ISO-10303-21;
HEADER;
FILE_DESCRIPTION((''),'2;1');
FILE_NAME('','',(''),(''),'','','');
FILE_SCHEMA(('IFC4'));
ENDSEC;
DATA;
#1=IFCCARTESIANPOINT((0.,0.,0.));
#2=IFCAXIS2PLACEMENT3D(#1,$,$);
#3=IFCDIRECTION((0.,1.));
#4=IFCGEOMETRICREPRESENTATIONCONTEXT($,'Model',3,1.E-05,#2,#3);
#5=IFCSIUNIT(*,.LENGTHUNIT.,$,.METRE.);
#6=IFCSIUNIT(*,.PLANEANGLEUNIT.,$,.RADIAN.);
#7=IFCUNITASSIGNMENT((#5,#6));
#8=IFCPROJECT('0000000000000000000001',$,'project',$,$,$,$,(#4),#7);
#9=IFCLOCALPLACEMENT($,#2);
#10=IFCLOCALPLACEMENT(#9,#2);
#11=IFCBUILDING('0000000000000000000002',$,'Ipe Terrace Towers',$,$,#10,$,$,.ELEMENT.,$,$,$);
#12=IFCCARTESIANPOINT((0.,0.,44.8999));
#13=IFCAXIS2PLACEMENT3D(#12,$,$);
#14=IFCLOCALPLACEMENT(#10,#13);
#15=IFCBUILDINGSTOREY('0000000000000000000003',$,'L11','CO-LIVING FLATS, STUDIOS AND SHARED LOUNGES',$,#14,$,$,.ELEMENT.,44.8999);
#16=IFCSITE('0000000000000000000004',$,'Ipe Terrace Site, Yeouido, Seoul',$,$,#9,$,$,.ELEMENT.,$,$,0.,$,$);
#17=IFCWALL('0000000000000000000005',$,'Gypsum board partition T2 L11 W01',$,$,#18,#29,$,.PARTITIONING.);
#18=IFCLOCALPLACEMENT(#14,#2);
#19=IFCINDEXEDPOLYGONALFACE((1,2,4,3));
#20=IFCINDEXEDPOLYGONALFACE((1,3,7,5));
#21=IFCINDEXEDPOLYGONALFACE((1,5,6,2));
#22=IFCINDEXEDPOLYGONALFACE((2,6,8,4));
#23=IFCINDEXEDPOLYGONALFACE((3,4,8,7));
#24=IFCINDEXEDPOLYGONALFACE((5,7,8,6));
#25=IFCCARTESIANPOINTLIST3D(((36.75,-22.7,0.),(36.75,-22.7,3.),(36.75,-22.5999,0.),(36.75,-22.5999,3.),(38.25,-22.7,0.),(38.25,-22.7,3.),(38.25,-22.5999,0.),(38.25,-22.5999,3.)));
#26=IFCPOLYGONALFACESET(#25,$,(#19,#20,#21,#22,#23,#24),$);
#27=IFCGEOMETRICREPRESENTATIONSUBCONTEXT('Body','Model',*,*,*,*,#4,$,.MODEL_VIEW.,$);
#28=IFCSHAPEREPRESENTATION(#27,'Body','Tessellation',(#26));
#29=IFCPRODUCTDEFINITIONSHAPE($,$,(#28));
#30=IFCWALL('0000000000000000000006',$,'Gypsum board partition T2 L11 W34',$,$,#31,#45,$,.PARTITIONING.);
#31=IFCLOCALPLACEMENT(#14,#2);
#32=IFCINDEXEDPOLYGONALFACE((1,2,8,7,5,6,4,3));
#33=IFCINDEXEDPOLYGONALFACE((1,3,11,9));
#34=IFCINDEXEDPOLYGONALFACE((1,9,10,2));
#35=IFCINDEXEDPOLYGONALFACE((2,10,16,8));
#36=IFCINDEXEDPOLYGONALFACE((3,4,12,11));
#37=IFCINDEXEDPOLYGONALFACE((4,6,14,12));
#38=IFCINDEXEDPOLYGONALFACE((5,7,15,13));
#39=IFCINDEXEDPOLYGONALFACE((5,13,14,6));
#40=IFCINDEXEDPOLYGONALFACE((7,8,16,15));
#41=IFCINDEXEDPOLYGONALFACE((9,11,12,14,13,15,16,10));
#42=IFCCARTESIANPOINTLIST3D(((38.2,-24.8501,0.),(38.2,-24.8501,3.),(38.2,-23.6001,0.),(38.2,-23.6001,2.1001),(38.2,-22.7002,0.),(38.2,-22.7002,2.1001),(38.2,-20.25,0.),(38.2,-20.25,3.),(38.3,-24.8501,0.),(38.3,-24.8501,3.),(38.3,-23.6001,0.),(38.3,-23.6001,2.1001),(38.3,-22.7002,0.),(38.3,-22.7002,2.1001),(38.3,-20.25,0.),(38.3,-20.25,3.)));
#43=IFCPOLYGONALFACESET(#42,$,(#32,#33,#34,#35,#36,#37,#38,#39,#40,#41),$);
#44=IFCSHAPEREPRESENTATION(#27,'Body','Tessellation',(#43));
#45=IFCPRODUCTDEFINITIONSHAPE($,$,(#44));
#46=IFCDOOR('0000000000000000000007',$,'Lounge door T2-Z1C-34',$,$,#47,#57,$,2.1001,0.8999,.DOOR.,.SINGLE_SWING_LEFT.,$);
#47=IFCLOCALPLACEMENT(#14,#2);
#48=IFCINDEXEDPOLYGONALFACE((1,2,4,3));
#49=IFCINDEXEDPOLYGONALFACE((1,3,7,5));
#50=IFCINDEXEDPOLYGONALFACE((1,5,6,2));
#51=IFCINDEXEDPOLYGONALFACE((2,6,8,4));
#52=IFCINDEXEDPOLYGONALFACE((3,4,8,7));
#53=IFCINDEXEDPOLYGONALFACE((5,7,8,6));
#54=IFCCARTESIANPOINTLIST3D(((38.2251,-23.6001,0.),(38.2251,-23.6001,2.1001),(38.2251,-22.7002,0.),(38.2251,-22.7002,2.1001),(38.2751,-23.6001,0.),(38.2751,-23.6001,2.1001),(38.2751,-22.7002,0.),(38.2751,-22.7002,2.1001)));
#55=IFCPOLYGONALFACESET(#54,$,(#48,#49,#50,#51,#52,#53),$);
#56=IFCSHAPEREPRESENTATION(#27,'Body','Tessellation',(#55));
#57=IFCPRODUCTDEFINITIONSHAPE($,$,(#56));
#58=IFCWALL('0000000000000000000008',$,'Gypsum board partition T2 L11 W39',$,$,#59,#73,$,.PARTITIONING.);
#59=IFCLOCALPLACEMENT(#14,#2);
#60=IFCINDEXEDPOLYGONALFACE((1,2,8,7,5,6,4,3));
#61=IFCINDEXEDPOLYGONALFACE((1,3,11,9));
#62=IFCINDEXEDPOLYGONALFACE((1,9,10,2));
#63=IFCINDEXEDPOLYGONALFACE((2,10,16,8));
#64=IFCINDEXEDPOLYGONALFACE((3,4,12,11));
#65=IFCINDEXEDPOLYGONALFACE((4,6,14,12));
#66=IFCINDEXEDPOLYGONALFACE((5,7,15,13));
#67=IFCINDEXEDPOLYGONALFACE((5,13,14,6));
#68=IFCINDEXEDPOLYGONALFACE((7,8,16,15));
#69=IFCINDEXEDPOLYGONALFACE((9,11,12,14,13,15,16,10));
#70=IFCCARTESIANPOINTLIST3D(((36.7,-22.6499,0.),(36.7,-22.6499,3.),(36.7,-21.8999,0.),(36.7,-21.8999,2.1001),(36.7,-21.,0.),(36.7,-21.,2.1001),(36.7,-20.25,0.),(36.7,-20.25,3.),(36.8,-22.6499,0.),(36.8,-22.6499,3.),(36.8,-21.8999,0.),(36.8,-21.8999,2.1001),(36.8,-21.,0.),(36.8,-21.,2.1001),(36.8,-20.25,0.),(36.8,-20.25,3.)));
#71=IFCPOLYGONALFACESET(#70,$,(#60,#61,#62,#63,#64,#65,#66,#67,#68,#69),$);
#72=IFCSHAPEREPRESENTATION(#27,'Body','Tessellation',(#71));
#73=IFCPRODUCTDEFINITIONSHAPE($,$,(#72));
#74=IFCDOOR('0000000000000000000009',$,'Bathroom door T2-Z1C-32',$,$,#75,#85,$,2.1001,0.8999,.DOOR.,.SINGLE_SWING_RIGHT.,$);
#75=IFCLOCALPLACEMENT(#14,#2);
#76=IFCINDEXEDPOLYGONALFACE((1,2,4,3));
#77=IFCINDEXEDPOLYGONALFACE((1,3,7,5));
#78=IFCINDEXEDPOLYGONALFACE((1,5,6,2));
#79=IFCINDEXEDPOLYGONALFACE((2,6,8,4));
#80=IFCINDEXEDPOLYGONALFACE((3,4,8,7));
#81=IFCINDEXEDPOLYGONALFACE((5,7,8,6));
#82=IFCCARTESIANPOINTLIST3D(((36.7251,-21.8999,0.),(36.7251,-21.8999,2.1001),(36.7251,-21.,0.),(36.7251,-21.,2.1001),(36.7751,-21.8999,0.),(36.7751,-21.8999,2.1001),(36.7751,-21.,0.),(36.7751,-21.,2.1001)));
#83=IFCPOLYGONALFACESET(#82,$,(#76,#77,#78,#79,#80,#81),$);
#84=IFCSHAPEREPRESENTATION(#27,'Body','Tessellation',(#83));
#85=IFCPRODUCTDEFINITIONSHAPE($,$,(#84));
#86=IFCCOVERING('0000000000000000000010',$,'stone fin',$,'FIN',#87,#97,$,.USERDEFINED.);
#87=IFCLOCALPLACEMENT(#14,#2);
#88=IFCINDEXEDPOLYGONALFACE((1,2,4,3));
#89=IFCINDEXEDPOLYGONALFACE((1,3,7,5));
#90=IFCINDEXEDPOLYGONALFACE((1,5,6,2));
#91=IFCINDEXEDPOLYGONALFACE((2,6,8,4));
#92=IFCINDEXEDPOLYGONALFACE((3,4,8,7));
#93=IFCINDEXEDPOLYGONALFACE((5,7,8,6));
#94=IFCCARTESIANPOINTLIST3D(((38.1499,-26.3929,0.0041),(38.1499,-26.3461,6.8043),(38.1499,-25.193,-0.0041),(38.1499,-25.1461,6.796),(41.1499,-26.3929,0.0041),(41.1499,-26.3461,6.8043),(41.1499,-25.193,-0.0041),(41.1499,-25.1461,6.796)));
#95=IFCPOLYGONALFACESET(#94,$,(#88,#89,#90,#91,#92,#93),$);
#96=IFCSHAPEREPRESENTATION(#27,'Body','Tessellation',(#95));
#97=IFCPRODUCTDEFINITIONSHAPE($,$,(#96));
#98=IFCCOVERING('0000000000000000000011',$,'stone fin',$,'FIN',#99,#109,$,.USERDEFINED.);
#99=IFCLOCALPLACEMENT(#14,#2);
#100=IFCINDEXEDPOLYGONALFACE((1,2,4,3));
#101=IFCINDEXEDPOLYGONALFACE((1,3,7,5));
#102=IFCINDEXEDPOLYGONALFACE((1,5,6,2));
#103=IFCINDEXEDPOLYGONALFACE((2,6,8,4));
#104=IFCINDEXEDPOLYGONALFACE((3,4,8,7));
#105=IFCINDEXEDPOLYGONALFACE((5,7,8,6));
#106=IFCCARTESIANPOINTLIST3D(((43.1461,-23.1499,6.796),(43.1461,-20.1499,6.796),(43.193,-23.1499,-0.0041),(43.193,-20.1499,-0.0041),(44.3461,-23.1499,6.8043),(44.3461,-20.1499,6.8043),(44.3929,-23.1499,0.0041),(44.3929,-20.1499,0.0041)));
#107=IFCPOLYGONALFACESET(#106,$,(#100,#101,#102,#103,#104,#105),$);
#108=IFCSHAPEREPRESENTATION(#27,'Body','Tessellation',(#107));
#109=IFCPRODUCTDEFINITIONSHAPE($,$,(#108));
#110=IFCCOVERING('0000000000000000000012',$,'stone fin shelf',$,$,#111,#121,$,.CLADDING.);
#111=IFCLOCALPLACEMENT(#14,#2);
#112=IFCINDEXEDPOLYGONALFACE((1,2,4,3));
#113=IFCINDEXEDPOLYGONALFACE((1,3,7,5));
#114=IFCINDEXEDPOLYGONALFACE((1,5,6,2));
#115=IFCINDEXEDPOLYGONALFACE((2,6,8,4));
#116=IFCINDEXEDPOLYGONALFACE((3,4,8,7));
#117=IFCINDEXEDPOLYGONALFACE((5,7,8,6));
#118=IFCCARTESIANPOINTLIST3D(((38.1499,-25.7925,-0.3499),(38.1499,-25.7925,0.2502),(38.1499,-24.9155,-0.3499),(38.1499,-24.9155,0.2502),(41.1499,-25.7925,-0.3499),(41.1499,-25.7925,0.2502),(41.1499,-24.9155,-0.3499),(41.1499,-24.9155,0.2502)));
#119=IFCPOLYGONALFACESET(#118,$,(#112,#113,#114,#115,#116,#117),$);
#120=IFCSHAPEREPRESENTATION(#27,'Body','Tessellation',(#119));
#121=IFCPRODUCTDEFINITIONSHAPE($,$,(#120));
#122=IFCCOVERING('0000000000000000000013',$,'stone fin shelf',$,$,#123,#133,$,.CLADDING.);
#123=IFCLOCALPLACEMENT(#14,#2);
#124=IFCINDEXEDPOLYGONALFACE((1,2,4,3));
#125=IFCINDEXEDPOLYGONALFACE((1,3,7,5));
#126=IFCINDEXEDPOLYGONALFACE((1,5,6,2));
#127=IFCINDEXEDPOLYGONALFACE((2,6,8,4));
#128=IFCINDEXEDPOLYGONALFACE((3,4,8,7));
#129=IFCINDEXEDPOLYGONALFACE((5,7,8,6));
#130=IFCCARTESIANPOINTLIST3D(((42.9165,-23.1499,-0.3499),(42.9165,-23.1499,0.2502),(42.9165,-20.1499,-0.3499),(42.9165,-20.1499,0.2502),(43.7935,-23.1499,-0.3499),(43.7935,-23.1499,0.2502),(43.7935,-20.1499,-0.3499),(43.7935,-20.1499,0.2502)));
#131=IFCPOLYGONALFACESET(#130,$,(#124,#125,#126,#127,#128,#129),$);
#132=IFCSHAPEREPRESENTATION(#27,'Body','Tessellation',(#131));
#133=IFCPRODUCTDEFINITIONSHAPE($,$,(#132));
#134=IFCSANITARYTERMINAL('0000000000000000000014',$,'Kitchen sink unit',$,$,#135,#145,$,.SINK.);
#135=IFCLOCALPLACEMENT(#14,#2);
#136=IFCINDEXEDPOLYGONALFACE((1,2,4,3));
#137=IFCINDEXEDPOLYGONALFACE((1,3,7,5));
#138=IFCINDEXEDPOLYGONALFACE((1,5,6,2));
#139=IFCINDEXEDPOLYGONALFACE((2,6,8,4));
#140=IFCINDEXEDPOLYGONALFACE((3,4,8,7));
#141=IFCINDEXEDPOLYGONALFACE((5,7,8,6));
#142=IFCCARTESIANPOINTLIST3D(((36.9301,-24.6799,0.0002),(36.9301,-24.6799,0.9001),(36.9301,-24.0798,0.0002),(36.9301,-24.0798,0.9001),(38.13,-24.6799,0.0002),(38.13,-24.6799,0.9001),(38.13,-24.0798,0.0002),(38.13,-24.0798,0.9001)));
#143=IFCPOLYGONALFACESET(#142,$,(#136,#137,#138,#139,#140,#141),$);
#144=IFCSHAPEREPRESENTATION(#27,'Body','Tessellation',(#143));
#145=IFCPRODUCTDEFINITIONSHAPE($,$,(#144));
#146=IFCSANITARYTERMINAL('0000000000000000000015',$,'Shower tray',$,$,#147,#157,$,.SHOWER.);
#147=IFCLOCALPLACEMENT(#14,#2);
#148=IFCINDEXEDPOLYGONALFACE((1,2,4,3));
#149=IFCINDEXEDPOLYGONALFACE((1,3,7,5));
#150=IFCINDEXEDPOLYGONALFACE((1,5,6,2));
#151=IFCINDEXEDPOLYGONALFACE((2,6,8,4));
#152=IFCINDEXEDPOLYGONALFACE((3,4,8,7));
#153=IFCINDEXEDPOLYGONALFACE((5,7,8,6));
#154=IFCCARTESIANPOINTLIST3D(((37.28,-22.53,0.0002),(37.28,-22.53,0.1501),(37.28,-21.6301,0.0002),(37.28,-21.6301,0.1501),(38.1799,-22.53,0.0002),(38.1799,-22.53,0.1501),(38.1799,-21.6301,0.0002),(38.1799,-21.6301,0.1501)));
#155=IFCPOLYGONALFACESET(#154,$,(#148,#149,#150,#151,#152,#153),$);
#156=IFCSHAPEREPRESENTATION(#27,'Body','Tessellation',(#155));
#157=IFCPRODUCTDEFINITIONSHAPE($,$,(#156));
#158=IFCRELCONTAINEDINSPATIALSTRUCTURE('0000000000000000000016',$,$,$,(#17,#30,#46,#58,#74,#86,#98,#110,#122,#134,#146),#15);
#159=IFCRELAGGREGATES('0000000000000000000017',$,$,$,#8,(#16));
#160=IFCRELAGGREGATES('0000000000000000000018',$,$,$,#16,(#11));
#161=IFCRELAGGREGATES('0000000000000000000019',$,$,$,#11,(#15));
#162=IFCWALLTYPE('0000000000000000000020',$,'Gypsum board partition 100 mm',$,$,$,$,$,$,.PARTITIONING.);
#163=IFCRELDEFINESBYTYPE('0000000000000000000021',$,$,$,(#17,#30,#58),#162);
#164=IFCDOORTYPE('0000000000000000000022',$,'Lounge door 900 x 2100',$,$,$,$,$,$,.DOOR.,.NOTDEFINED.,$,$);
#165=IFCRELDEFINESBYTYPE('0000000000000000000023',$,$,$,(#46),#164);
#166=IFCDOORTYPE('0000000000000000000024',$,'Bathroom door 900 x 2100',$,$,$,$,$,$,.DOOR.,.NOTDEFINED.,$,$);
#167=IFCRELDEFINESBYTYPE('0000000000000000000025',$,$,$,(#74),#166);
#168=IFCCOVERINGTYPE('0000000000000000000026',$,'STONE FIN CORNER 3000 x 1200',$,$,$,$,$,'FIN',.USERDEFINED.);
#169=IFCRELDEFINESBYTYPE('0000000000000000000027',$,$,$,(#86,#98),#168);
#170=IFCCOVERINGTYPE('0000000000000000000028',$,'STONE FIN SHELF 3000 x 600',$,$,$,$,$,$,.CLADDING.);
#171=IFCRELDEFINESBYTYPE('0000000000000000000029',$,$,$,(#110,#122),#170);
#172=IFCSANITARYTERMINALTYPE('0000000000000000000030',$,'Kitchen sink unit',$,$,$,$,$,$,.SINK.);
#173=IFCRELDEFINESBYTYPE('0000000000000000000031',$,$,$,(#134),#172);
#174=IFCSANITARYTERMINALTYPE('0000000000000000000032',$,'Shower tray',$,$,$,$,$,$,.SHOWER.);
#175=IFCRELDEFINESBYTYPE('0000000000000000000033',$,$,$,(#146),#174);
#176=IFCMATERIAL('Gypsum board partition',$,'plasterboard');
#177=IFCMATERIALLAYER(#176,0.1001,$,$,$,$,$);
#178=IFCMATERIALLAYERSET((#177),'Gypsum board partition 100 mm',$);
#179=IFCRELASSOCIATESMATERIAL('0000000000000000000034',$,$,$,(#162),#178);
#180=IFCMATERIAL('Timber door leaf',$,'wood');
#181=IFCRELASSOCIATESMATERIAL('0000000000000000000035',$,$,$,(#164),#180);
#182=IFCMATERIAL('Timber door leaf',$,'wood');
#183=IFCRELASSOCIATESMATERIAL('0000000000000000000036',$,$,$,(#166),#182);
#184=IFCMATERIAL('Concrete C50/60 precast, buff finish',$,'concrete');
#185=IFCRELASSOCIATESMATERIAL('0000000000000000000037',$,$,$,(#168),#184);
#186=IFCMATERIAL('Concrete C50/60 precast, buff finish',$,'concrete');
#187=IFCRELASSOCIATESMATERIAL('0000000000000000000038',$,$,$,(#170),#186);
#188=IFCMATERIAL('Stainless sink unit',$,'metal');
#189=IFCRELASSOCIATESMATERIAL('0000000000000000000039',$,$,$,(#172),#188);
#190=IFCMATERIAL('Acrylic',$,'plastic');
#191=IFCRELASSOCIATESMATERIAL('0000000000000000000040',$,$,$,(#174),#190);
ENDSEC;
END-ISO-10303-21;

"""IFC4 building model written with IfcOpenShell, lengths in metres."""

from ifc_helpers import new_model, si_unit, direction, frame, frame_2d, origin, origin_2d, place, context, subcontext, project, spatial, rectangle, extrude, material, layer, layer_set, material_profile, profile_set, type_object, element, fill, save


model = new_model("IFC4")

# Units and contexts
model_context = context("Model", 3, precision=1e-05, world=origin(), true_north=direction((0.0, 1.0)))
body_context = subcontext(model_context, "Body", "Model", "MODEL_VIEW")
ifc_project = project(units=[si_unit("LENGTHUNIT", "METRE"), si_unit("PLANEANGLEUNIT", "RADIAN")], contexts=[model_context])

# Site, building, storey
site_placement = place(None, origin())
site = spatial("IfcSite", under=ifc_project, at=site_placement, Name="Ipe Terrace Site, Yeouido, Seoul", CompositionType="ELEMENT", RefElevation=0.0)
building_placement = place(site_placement, origin())
building = spatial("IfcBuilding", under=site, at=building_placement, Name="Ipe Terrace Towers", CompositionType="ELEMENT")
storey_placement = place(building_placement, frame((0.0, 0.0, 44.8999)))
storey = spatial("IfcBuildingStorey", under=building, at=storey_placement, Name="L11", Description="CO-LIVING FLATS, STUDIOS AND SHARED LOUNGES", CompositionType="ELEMENT", Elevation=44.8999)

# Wall
ifc_material_1 = material(Name="Gypsum board partition", Category="plasterboard")
ifc_layer_1 = layer(ifc_material_1, 0.1001)
ifc_layer_set_1 = layer_set([ifc_layer_1], Name="Gypsum board partition 100 mm")
wall_type_1 = type_object("IfcWallType", Name="Gypsum board partition 100 mm", PredefinedType="PARTITIONING", material=ifc_layer_set_1)
wall_1_placement = place(storey_placement, frame((38.25, -22.6499, 0.0), z_axis=(0.0, 0.0, 1.0), x_axis=(-1.0, 0.0, 0.0)))
element("IfcWall", 1, at=wall_1_placement, inside=storey, type_object=wall_type_1, Name="Gypsum board partition T2 L11 W01", PredefinedType="PARTITIONING", context=body_context, shape_type="SweptSolid", body=[
    extrude(rectangle(XDim=1.5, YDim=0.1001, at=frame_2d((0.75, 0.0))), origin(), (0.0, 0.0, 1.0), 3.0),
])

# Walls, openings, doors
wall_2_placement = place(storey_placement, frame((38.25, -24.8501, 0.0), z_axis=(0.0, 0.0, 1.0), x_axis=(0.0, 1.0, 0.0)))
wall_2 = element("IfcWall", 2, at=wall_2_placement, inside=storey, type_object=wall_type_1, Name="Gypsum board partition T2 L11 W34", PredefinedType="PARTITIONING", context=body_context, shape_type="SweptSolid", body=[
    extrude(rectangle(XDim=4.6001, YDim=0.1001, at=frame_2d((2.3, 0.0))), origin(), (0.0, 0.0, 1.0), 3.0),
])
opening_1_placement = place(wall_2_placement, frame((1.25, 0.0, 0.0)))
opening_1 = element("IfcOpeningElement", 3, at=opening_1_placement, cuts=wall_2, PredefinedType="OPENING", context=body_context, shape_type="SweptSolid", body=[
    extrude(rectangle(XDim=0.8999, YDim=2.1001, at=frame_2d((0.45, 1.05))), frame((0.0, 0.0601, 0.0), z_axis=(0.0, -1.0, 0.0), x_axis=(1.0, 0.0, 0.0)), (0.0, 0.0, 1.0), 0.1201),
])
ifc_material_2 = material(Name="Timber door leaf", Category="wood")
door_type_1 = type_object("IfcDoorType", Name="Lounge door 900 x 2100", OperationType="NOTDEFINED", PredefinedType="DOOR", material=ifc_material_2)
door_1_placement = place(opening_1_placement, origin())
door_1 = element("IfcDoor", 4, at=door_1_placement, inside=storey, type_object=door_type_1, Name="Lounge door T2-Z1C-34", OperationType="SINGLE_SWING_LEFT", OverallHeight=2.1001, OverallWidth=0.8999, PredefinedType="DOOR", context=body_context, shape_type="SweptSolid", body=[
    extrude(rectangle(XDim=0.8999, YDim=2.1001, at=frame_2d((0.45, 1.05))), frame((0.0, 0.0249, 0.0), z_axis=(0.0, -1.0, 0.0), x_axis=(1.0, 0.0, 0.0)), (0.0, 0.0, 1.0), 0.05),
])
fill(opening_1, door_1)
wall_3_placement = place(storey_placement, frame((36.75, -22.6499, 0.0), z_axis=(0.0, 0.0, 1.0), x_axis=(0.0, 1.0, 0.0)))
wall_3 = element("IfcWall", 5, at=wall_3_placement, inside=storey, type_object=wall_type_1, Name="Gypsum board partition T2 L11 W39", PredefinedType="PARTITIONING", context=body_context, shape_type="SweptSolid", body=[
    extrude(rectangle(XDim=2.3999, YDim=0.1001, at=frame_2d((1.2, 0.0))), origin(), (0.0, 0.0, 1.0), 3.0),
])
opening_2_placement = place(wall_3_placement, frame((0.75, 0.0, 0.0)))
opening_2 = element("IfcOpeningElement", 6, at=opening_2_placement, cuts=wall_3, PredefinedType="OPENING", context=body_context, shape_type="SweptSolid", body=[
    extrude(rectangle(XDim=0.8999, YDim=2.1001, at=frame_2d((0.45, 1.05))), frame((0.0, 0.0601, 0.0), z_axis=(0.0, -1.0, 0.0), x_axis=(1.0, 0.0, 0.0)), (0.0, 0.0, 1.0), 0.1201),
])
ifc_material_3 = material(Name="Timber door leaf", Category="wood")
door_type_2 = type_object("IfcDoorType", Name="Bathroom door 900 x 2100", OperationType="NOTDEFINED", PredefinedType="DOOR", material=ifc_material_3)
door_2_placement = place(opening_2_placement, origin())
door_2 = element("IfcDoor", 7, at=door_2_placement, inside=storey, type_object=door_type_2, Name="Bathroom door T2-Z1C-32", OperationType="SINGLE_SWING_RIGHT", OverallHeight=2.1001, OverallWidth=0.8999, PredefinedType="DOOR", context=body_context, shape_type="SweptSolid", body=[
    extrude(rectangle(XDim=0.8999, YDim=2.1001, at=frame_2d((0.45, 1.05))), frame((0.0, 0.0249, 0.0), z_axis=(0.0, -1.0, 0.0), x_axis=(1.0, 0.0, 0.0)), (0.0, 0.0, 1.0), 0.05),
])
fill(opening_2, door_2)

# Coverings
ifc_material_4 = material(Name="Concrete C50/60 precast, buff finish", Category="concrete")
ifc_material_profile_1 = material_profile(ifc_material_4, rectangle(XDim=3.0, YDim=1.2, at=origin_2d()), Name="STONE FIN CORNER 3000 x 1200")
ifc_profile_set_1 = profile_set([ifc_material_profile_1], Name="Concrete C50/60 precast, buff finish")
covering_type_1 = type_object("IfcCoveringType", Name="STONE FIN CORNER 3000 x 1200", ElementType="FIN", PredefinedType="USERDEFINED", material=ifc_profile_set_1)
for number, where, z_axis, x_axis, name in (
    (8, (39.6499, -25.793, 0.0), (0.0, 0.006893, 0.999976), (1.0, 0.0, 0.0), "stone fin"),
    (9, (43.793, -21.6499, 0.0), (-0.006893, 0.0, 0.999976), (0.0, 1.0, 0.0), "stone fin"),
):
    element("IfcCovering", number, at=place(storey_placement, frame(where, z_axis=z_axis, x_axis=x_axis)), inside=storey, type_object=covering_type_1, Name=name, ObjectType="FIN", PredefinedType="USERDEFINED", context=body_context, shape_type="SweptSolid", body=[
        extrude(rectangle(XDim=3.0, YDim=1.2, at=origin_2d()), origin(), (0.0, 0.0, 1.0), 6.8003),
    ])
ifc_material_5 = material(Name="Concrete C50/60 precast, buff finish", Category="concrete")
covering_type_2 = type_object("IfcCoveringType", Name="STONE FIN SHELF 3000 x 600", PredefinedType="CLADDING", material=ifc_material_5)
for number, where, z_axis, x_axis, name in (
    (10, (39.6499, -25.354, -0.3499), (0.0, 0.0, 1.0), (1.0, 0.0, 0.0), "stone fin shelf"),
    (11, (43.355, -21.6499, -0.3499), (0.0, 0.0, 1.0), (0.0, 1.0, 0.0), "stone fin shelf"),
):
    element("IfcCovering", number, at=place(storey_placement, frame(where, z_axis=z_axis, x_axis=x_axis)), inside=storey, type_object=covering_type_2, Name=name, PredefinedType="CLADDING", context=body_context, shape_type="SweptSolid", body=[
        extrude(rectangle(XDim=3.0, YDim=0.877, at=origin_2d()), origin(), (0.0, 0.0, 1.0), 0.6001),
    ])

# Sanitary terminals
ifc_material_6 = material(Name="Stainless sink unit", Category="metal")
sanitary_terminal_type_1 = type_object("IfcSanitaryTerminalType", Name="Kitchen sink unit", PredefinedType="SINK", material=ifc_material_6)
sanitary_terminal_1_placement = place(storey_placement, frame((37.53, -24.3799, 0.0002), z_axis=(0.0, 0.0, 1.0), x_axis=(-1.0, 0.0, 0.0)))
element("IfcSanitaryTerminal", 12, at=sanitary_terminal_1_placement, inside=storey, type_object=sanitary_terminal_type_1, Name="Kitchen sink unit", PredefinedType="SINK", context=body_context, shape_type="SweptSolid", body=[
    extrude(rectangle(XDim=1.2, YDim=0.6001, at=origin_2d()), origin(), (0.0, 0.0, 1.0), 0.8999),
])
ifc_material_7 = material(Name="Acrylic", Category="plastic")
sanitary_terminal_type_2 = type_object("IfcSanitaryTerminalType", Name="Shower tray", PredefinedType="SHOWER", material=ifc_material_7)
sanitary_terminal_2_placement = place(storey_placement, frame((37.73, -22.0801, 0.0002), z_axis=(0.0, 0.0, 1.0), x_axis=(-1.0, 0.0, 0.0)))
element("IfcSanitaryTerminal", 13, at=sanitary_terminal_2_placement, inside=storey, type_object=sanitary_terminal_type_2, Name="Shower tray", PredefinedType="SHOWER", context=body_context, shape_type="SweptSolid", body=[
    extrude(rectangle(XDim=0.8999, YDim=0.8999, at=origin_2d()), origin(), (0.0, 0.0, 1.0), 0.1499),
])

save(model, "model.ifc")
